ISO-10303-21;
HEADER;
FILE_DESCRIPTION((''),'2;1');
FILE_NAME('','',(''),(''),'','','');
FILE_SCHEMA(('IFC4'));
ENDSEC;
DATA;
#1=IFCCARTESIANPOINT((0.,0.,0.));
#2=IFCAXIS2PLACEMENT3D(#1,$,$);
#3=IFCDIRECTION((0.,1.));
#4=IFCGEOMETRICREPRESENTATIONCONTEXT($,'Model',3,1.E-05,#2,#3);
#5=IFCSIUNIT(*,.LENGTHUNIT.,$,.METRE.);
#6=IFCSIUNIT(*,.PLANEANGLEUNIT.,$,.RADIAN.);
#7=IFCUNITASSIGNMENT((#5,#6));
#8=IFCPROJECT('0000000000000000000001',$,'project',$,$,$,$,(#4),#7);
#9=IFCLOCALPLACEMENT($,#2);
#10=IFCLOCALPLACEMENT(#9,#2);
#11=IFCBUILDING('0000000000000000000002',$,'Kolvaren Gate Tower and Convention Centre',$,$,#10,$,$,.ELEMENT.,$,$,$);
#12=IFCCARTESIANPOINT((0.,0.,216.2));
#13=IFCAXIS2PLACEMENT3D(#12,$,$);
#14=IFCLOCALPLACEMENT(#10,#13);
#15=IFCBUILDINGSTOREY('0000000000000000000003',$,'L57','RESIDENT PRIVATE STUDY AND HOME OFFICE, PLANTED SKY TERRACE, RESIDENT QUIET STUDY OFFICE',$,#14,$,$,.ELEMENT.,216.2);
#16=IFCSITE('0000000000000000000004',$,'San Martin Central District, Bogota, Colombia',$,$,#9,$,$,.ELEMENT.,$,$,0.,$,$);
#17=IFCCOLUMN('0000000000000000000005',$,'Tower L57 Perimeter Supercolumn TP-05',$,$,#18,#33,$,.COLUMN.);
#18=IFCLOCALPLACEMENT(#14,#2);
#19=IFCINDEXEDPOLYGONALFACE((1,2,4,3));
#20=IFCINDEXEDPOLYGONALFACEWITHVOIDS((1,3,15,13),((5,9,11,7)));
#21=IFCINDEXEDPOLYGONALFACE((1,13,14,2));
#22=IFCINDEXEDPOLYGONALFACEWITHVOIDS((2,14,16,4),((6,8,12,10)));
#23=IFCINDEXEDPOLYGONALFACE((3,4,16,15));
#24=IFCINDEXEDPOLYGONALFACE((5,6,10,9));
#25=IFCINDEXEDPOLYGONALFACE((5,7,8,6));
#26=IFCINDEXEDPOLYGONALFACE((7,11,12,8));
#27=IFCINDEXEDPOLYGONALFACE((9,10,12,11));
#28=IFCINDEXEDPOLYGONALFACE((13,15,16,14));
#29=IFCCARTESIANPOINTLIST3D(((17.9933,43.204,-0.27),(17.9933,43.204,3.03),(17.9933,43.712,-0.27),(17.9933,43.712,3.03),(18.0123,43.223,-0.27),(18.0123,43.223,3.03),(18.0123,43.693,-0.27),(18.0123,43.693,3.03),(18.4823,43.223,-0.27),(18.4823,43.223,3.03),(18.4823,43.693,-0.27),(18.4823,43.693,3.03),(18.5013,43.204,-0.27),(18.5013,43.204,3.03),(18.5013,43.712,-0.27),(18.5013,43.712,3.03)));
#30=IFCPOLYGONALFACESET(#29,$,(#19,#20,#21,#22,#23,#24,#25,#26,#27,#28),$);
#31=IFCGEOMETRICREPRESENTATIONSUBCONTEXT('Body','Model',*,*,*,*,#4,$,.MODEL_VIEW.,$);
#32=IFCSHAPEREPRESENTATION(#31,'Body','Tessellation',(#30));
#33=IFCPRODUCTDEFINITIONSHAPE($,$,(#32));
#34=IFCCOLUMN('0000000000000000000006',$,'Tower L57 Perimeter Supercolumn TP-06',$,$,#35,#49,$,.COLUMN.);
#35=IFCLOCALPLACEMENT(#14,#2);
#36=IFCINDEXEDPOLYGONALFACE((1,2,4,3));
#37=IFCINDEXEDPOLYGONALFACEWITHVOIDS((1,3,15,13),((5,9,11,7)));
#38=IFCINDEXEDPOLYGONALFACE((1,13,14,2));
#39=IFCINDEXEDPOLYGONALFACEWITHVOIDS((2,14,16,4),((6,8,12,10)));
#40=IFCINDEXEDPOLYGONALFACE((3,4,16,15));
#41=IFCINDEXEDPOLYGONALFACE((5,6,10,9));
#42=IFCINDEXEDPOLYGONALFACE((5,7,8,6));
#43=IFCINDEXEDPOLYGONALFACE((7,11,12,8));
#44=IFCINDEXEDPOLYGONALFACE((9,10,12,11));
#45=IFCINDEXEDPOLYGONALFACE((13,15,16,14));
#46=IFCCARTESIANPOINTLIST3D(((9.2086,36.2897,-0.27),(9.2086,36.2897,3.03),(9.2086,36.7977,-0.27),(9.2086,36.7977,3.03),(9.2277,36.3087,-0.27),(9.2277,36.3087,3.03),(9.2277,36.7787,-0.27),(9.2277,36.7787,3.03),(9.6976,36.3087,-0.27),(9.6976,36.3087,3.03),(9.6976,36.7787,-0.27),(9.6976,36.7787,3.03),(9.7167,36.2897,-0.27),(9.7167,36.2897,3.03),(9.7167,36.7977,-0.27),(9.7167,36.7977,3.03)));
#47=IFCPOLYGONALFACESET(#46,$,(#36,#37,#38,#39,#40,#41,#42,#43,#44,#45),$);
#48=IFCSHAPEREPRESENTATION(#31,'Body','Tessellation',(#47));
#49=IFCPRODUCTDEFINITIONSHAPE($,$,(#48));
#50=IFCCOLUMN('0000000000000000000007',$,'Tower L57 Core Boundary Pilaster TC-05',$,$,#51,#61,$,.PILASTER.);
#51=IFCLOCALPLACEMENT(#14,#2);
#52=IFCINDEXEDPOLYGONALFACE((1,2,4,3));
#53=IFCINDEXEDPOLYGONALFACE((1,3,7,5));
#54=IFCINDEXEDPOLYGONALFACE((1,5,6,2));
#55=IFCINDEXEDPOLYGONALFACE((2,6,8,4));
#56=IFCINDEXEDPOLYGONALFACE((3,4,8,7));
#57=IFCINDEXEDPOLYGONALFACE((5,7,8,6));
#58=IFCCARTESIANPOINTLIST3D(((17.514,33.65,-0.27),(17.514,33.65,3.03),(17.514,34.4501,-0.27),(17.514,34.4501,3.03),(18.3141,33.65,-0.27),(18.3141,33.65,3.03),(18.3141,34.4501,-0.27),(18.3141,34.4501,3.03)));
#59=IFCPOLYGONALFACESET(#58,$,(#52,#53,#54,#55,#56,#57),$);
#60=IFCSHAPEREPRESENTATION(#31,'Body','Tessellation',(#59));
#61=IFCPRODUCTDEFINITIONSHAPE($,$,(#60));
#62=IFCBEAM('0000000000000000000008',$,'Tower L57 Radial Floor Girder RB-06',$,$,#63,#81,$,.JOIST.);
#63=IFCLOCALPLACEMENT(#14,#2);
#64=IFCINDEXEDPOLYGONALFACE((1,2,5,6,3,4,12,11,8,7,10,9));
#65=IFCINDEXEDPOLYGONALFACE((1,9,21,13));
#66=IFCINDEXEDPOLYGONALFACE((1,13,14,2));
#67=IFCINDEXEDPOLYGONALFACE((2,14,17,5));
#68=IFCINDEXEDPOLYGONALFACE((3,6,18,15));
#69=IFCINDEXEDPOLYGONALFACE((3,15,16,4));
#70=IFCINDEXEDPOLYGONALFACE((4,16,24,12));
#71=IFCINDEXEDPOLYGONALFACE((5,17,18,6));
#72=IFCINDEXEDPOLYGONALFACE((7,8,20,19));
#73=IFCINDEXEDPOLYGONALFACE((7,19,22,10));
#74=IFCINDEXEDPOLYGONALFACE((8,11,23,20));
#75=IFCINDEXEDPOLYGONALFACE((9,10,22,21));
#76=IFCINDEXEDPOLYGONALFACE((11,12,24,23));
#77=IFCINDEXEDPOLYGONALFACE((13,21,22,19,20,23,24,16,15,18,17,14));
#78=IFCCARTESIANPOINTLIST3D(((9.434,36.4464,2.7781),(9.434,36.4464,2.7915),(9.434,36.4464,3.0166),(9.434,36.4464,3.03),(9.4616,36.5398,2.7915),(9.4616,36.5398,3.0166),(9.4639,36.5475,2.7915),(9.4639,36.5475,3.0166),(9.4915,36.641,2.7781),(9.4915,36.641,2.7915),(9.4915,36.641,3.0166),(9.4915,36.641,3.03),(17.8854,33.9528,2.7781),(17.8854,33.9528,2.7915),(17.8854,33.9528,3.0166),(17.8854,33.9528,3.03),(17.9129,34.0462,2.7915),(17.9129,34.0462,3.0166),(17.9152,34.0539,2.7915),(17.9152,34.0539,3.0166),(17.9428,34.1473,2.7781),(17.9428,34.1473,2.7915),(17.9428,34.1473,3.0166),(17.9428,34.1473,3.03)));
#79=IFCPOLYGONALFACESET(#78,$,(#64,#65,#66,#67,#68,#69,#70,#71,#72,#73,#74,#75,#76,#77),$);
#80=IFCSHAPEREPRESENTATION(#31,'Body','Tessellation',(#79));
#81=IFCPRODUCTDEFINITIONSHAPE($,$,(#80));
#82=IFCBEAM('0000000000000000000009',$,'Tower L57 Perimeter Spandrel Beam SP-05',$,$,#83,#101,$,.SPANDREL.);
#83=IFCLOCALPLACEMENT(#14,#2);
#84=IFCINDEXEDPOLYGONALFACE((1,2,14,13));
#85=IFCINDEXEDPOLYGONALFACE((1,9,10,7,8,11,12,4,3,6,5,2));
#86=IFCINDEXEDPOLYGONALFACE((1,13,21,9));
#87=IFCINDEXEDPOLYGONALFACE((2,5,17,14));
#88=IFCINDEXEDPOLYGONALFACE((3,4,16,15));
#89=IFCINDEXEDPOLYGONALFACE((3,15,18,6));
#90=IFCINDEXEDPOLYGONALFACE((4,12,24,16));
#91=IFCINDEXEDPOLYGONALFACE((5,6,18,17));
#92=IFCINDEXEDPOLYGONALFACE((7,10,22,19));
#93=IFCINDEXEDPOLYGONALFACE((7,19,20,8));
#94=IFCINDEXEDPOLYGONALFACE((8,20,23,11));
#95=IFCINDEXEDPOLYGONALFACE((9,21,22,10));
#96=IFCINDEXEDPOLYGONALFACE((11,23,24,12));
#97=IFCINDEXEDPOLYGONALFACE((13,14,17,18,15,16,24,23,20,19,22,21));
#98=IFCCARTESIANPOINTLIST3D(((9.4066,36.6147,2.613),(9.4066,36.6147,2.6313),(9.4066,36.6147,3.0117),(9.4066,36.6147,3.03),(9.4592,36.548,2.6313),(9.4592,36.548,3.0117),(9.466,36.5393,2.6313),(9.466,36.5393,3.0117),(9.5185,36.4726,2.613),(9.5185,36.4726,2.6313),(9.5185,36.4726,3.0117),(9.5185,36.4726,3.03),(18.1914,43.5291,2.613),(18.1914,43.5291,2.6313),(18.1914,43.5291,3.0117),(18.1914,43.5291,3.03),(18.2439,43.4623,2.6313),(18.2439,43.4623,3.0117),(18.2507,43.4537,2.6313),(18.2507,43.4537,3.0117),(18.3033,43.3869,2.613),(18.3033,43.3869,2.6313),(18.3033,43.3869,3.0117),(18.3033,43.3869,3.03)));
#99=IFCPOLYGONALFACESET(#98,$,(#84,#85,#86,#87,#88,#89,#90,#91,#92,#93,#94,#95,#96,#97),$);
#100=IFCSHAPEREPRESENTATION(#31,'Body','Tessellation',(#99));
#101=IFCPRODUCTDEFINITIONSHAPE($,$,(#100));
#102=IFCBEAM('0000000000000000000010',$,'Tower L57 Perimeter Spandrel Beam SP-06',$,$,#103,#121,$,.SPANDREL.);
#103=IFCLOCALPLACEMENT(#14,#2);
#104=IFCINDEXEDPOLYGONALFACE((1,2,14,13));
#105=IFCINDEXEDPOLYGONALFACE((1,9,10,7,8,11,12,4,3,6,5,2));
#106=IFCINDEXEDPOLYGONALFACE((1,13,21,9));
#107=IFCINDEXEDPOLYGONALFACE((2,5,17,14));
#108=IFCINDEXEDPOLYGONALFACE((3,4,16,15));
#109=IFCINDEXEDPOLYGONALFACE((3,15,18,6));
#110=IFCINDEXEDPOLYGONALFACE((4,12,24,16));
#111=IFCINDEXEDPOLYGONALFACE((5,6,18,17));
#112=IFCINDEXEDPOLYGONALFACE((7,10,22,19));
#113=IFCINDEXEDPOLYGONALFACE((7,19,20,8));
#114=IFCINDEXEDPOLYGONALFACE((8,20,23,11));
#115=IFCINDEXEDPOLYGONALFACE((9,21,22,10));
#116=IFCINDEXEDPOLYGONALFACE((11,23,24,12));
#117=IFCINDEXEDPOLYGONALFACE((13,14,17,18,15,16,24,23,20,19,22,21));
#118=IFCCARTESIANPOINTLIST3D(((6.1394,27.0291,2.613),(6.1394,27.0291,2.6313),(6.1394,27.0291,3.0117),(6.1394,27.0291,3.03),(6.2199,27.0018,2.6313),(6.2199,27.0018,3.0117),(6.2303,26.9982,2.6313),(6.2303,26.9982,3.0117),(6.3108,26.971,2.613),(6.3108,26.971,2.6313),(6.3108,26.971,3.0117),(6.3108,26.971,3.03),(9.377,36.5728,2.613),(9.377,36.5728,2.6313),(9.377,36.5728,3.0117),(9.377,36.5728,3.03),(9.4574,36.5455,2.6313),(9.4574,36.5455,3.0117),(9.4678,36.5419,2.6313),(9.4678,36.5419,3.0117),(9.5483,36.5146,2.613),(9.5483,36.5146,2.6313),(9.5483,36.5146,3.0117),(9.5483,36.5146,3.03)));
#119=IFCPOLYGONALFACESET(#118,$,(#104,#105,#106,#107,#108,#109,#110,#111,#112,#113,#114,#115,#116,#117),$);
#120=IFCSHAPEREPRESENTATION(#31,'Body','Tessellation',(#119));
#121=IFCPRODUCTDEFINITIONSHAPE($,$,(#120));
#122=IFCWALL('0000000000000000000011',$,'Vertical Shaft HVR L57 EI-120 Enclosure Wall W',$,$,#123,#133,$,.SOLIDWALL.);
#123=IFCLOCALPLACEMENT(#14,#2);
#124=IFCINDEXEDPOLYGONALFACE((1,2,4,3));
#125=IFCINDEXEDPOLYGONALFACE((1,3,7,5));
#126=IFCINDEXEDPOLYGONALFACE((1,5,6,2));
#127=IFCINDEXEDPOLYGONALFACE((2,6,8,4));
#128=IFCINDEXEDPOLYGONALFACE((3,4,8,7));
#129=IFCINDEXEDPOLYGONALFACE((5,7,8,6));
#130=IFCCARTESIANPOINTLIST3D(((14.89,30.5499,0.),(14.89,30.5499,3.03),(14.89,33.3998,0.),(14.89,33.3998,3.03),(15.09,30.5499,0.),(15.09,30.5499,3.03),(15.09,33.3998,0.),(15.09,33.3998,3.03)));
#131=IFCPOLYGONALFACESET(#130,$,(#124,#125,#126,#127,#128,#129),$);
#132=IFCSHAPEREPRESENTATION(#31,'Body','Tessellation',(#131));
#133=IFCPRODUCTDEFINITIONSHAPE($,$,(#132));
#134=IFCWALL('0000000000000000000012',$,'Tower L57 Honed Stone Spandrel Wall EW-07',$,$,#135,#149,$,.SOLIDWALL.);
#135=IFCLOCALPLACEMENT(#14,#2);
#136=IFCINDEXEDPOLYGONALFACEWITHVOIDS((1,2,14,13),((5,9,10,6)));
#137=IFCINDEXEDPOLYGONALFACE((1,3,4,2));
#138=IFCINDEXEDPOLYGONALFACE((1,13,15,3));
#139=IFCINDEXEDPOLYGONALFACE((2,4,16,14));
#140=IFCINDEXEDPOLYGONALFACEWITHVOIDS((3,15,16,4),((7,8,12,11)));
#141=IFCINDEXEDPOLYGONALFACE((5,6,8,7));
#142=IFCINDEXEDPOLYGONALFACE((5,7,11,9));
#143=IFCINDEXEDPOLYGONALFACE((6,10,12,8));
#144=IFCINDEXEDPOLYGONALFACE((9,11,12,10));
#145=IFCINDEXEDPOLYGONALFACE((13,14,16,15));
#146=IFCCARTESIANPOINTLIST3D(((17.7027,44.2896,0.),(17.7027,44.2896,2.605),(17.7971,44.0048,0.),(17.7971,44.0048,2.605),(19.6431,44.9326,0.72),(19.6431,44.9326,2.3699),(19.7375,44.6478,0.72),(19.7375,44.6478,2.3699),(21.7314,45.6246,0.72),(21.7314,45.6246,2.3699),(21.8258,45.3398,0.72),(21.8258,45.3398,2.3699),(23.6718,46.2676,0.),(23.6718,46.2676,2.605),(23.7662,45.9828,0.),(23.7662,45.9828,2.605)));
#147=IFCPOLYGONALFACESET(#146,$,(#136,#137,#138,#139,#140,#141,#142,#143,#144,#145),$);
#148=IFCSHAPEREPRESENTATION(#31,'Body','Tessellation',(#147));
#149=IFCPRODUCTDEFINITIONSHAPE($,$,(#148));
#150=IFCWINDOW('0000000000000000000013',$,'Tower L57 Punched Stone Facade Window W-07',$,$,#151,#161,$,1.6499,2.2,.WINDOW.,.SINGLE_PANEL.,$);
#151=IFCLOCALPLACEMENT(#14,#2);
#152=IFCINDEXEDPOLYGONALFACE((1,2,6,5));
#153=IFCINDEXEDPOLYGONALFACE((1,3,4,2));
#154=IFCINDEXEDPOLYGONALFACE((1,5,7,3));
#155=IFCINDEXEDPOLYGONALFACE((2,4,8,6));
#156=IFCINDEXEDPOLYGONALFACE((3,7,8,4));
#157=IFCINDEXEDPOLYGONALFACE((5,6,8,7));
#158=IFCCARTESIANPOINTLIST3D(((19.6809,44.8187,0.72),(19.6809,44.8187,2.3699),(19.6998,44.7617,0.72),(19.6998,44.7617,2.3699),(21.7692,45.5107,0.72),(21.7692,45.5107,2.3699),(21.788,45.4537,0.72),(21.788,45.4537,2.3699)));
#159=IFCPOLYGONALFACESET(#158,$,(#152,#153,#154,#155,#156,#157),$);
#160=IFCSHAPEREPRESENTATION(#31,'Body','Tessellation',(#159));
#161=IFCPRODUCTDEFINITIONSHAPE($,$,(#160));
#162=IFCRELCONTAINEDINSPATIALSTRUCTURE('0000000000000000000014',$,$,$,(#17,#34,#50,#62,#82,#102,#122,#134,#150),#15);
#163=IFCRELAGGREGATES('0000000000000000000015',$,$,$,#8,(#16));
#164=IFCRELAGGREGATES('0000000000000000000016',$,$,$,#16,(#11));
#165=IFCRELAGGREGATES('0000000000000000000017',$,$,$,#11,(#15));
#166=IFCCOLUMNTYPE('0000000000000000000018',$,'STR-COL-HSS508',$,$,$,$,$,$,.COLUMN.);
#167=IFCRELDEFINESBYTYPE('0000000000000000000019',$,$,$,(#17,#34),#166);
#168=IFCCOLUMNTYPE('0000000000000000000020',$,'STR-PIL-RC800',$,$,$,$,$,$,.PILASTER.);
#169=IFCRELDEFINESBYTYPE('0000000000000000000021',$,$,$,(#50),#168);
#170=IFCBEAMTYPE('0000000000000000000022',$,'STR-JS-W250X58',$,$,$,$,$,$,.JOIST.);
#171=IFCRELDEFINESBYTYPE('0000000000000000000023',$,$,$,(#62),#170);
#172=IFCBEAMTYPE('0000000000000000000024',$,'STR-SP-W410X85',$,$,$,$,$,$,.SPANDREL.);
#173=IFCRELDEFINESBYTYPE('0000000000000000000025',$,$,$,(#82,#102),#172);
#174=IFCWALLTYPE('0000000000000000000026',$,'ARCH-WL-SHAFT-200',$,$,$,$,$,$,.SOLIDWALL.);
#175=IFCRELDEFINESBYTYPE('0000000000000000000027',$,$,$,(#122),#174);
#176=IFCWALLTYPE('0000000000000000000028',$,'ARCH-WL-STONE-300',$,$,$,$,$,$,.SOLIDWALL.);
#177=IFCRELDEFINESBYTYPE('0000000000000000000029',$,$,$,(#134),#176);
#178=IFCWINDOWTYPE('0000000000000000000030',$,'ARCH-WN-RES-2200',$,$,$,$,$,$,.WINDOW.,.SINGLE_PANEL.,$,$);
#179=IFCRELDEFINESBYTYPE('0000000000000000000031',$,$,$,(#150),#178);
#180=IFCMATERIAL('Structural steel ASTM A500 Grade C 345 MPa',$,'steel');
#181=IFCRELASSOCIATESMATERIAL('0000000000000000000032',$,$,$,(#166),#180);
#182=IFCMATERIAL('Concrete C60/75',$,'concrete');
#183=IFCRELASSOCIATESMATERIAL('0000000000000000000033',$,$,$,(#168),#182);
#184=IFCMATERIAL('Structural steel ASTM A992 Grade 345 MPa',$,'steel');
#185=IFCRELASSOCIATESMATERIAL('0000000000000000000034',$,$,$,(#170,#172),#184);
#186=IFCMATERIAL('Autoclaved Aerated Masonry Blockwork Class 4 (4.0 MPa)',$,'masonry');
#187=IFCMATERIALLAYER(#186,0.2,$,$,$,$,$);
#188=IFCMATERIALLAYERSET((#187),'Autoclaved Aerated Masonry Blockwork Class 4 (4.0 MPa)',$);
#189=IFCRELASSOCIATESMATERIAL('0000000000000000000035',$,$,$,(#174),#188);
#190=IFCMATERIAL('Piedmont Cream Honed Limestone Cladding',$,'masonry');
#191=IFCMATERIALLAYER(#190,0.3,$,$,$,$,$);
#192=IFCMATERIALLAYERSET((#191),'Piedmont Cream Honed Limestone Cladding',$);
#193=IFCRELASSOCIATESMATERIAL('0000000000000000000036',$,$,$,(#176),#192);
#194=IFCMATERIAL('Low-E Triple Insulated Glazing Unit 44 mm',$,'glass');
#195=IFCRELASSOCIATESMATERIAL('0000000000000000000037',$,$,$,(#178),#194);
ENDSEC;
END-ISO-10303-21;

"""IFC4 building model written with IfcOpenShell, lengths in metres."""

from ifc_helpers import new_model, si_unit, direction, frame, frame_2d, origin, origin_2d, place, context, subcontext, project, spatial, rectangle, hollow_rectangle, i_section, extrude, material, layer, layer_set, material_profile, profile_set, type_object, element, fill, save


model = new_model("IFC4")

# Units and contexts
model_context = context("Model", 3, precision=1e-05, world=origin(), true_north=direction((0.0, 1.0)))
body_context = subcontext(model_context, "Body", "Model", "MODEL_VIEW")
ifc_project = project(units=[si_unit("LENGTHUNIT", "METRE"), si_unit("PLANEANGLEUNIT", "RADIAN")], contexts=[model_context])

# Site, building, storey
site_placement = place(None, origin())
site = spatial("IfcSite", under=ifc_project, at=site_placement, Name="San Martin Central District, Bogota, Colombia", CompositionType="ELEMENT", RefElevation=0.0)
building_placement = place(site_placement, origin())
building = spatial("IfcBuilding", under=site, at=building_placement, Name="Kolvaren Gate Tower and Convention Centre", CompositionType="ELEMENT")
storey_placement = place(building_placement, frame((0.0, 0.0, 216.2)))
storey = spatial("IfcBuildingStorey", under=building, at=storey_placement, Name="L57", Description="RESIDENT PRIVATE STUDY AND HOME OFFICE, PLANTED SKY TERRACE, RESIDENT QUIET STUDY OFFICE", CompositionType="ELEMENT", Elevation=216.2)

# Columns
ifc_material_1 = material(Name="Structural steel ASTM A500 Grade C 345 MPa", Category="steel")
ifc_material_profile_1 = material_profile(ifc_material_1, hollow_rectangle(XDim=0.5081, YDim=0.5081, WallThickness=0.019, at=origin_2d()), Name="HSS508X508X19.1")
ifc_profile_set_1 = profile_set([ifc_material_profile_1], Name="Structural steel ASTM A500 Grade C 345 MPa")
column_type_1 = type_object("IfcColumnType", Name="STR-COL-HSS508", PredefinedType="COLUMN", material=ifc_profile_set_1)
for number, where, z_axis, x_axis, name in (
    (1, (18.2473, 43.458, -0.27), (0.0, 0.0, 1.0), (1.0, 0.0, 0.0), "Tower L57 Perimeter Supercolumn TP-05"),
    (2, (9.4626, 36.5437, -0.27), (0.0, 0.0, 1.0), (1.0, 0.0, 0.0), "Tower L57 Perimeter Supercolumn TP-06"),
):
    element("IfcColumn", number, at=place(storey_placement, frame(where, z_axis=z_axis, x_axis=x_axis)), inside=storey, type_object=column_type_1, Name=name, PredefinedType="COLUMN", context=body_context, shape_type="SweptSolid", body=[
        extrude(hollow_rectangle(XDim=0.5081, YDim=0.5081, WallThickness=0.019, at=origin_2d()), origin(), (0.0, 0.0, 1.0), 3.3),
    ])
ifc_material_2 = material(Name="Concrete C60/75", Category="concrete")
ifc_material_profile_2 = material_profile(ifc_material_2, rectangle(XDim=0.8, YDim=0.8, at=origin_2d()), Name="RC-COL-800X800")
ifc_profile_set_2 = profile_set([ifc_material_profile_2], Name="Concrete C60/75")
column_type_2 = type_object("IfcColumnType", Name="STR-PIL-RC800", PredefinedType="PILASTER", material=ifc_profile_set_2)
column_placement = place(storey_placement, frame((17.9141, 34.05, -0.27), z_axis=(0.0, 0.0, 1.0), x_axis=(1.0, 0.0, 0.0)))
element("IfcColumn", 3, at=column_placement, inside=storey, type_object=column_type_2, Name="Tower L57 Core Boundary Pilaster TC-05", PredefinedType="PILASTER", context=body_context, shape_type="SweptSolid", body=[
    extrude(rectangle(XDim=0.8, YDim=0.8, at=origin_2d()), origin(), (0.0, 0.0, 1.0), 3.3),
])

# Beams
ifc_material_3 = material(Name="Structural steel ASTM A992 Grade 345 MPa", Category="steel")
ifc_material_profile_3 = material_profile(ifc_material_3, i_section(OverallWidth=0.2029, OverallDepth=0.252, WebThickness=0.0081, FlangeThickness=0.0134, at=origin_2d()), Name="W250X58")
ifc_profile_set_3 = profile_set([ifc_material_profile_3], Name="Structural steel ASTM A992 Grade 345 MPa")
beam_type_1 = type_object("IfcBeamType", Name="STR-JS-W250X58", PredefinedType="JOIST", material=ifc_profile_set_3)
beam_1_placement = place(storey_placement, frame((17.9141, 34.05, 2.9041), z_axis=(-0.959121, 0.282996, 0.0), x_axis=(-0.282996, -0.959121, 0.0)))
element("IfcBeam", 4, at=beam_1_placement, inside=storey, type_object=beam_type_1, Name="Tower L57 Radial Floor Girder RB-06", PredefinedType="JOIST", context=body_context, shape_type="SweptSolid", body=[
    extrude(i_section(OverallWidth=0.2029, OverallDepth=0.252, WebThickness=0.0081, FlangeThickness=0.0134, at=origin_2d()), origin(), (0.0, 0.0, 1.0), 8.8115),
])
ifc_material_profile_4 = material_profile(ifc_material_3, i_section(OverallWidth=0.1809, OverallDepth=0.417, WebThickness=0.011, FlangeThickness=0.0183, at=origin_2d()), Name="W410X85")
ifc_profile_set_4 = profile_set([ifc_material_profile_4], Name="Structural steel ASTM A992 Grade 345 MPa")
beam_type_2 = type_object("IfcBeamType", Name="STR-SP-W410X85", PredefinedType="SPANDREL", material=ifc_profile_set_4)
beam_2_placement = place(storey_placement, frame((18.2473, 43.458, 2.8215), z_axis=(-0.785794, -0.618489, 0.0), x_axis=(0.618489, -0.785794, 0.0)))
element("IfcBeam", 5, at=beam_2_placement, inside=storey, type_object=beam_type_2, Name="Tower L57 Perimeter Spandrel Beam SP-05", PredefinedType="SPANDREL", context=body_context, shape_type="SweptSolid", body=[
    extrude(i_section(OverallWidth=0.1809, OverallDepth=0.417, WebThickness=0.011, FlangeThickness=0.0183, at=origin_2d()), origin(), (0.0, 0.0, 1.0), 11.1794),
])
beam_3_placement = place(storey_placement, frame((9.4626, 36.5437, 2.8215), z_axis=(-0.321253, -0.946994, 0.0), x_axis=(0.946994, -0.321253, 0.0)))
element("IfcBeam", 6, at=beam_3_placement, inside=storey, type_object=beam_type_2, Name="Tower L57 Perimeter Spandrel Beam SP-06", PredefinedType="SPANDREL", context=body_context, shape_type="SweptSolid", body=[
    extrude(i_section(OverallWidth=0.1809, OverallDepth=0.417, WebThickness=0.011, FlangeThickness=0.0183, at=origin_2d()), origin(), (0.0, 0.0, 1.0), 10.0779),
])

# Wall
ifc_material_4 = material(Name="Autoclaved Aerated Masonry Blockwork Class 4 (4.0 MPa)", Category="masonry")
ifc_layer_1 = layer(ifc_material_4, 0.2)
ifc_layer_set_1 = layer_set([ifc_layer_1], Name="Autoclaved Aerated Masonry Blockwork Class 4 (4.0 MPa)")
wall_type_1 = type_object("IfcWallType", Name="ARCH-WL-SHAFT-200", PredefinedType="SOLIDWALL", material=ifc_layer_set_1)
wall_1_placement = place(storey_placement, frame((14.99, 30.55, 0.0), z_axis=(0.0, 0.0, 1.0), x_axis=(0.0, 1.0, 0.0)))
element("IfcWall", 7, at=wall_1_placement, inside=storey, type_object=wall_type_1, Name="Vertical Shaft HVR L57 EI-120 Enclosure Wall W", PredefinedType="SOLIDWALL", context=body_context, shape_type="SweptSolid", body=[
    extrude(rectangle(XDim=2.8499, YDim=0.2, at=frame_2d((1.4248, 0.0))), origin(), (0.0, 0.0, 1.0), 3.03),
])

# Wall, opening, window
ifc_material_5 = material(Name="Piedmont Cream Honed Limestone Cladding", Category="masonry")
ifc_layer_2 = layer(ifc_material_5, 0.3)
ifc_layer_set_2 = layer_set([ifc_layer_2], Name="Piedmont Cream Honed Limestone Cladding")
wall_type_2 = type_object("IfcWallType", Name="ARCH-WL-STONE-300", PredefinedType="SOLIDWALL", material=ifc_layer_set_2)
wall_2_placement = place(storey_placement, frame((17.75, 44.1472, 0.0), z_axis=(0.0, 0.0, 1.0), x_axis=(0.949241, 0.31455, 0.0)))
wall_2 = element("IfcWall", 8, at=wall_2_placement, inside=storey, type_object=wall_type_2, Name="Tower L57 Honed Stone Spandrel Wall EW-07", PredefinedType="SOLIDWALL", context=body_context, shape_type="SweptSolid", body=[
    extrude(rectangle(XDim=6.2883, YDim=0.3, at=frame_2d((3.144, 0.0))), origin(), (0.0, 0.0, 1.0), 2.605),
])
opening_1_placement = place(wall_2_placement, frame((2.0439, 0.0, 0.72)))
opening_1 = element("IfcOpeningElement", 9, at=opening_1_placement, cuts=wall_2, PredefinedType="OPENING", context=body_context, shape_type="SweptSolid", body=[
    extrude(rectangle(XDim=2.2, YDim=1.6499, at=frame_2d((1.1001, 0.825))), frame((0.0, 0.1599, 0.0), z_axis=(0.0, -1.0, 0.0), x_axis=(1.0, 0.0, 0.0)), (0.0, 0.0, 1.0), 0.3201),
])
ifc_material_6 = material(Name="Low-E Triple Insulated Glazing Unit 44 mm", Category="glass")
window_type = type_object("IfcWindowType", Name="ARCH-WN-RES-2200", PartitioningType="SINGLE_PANEL", PredefinedType="WINDOW", material=ifc_material_6)
window_1_placement = place(opening_1_placement, origin())
window_1 = element("IfcWindow", 10, at=window_1_placement, inside=storey, type_object=window_type, Name="Tower L57 Punched Stone Facade Window W-07", OverallHeight=1.6499, OverallWidth=2.2, PartitioningType="SINGLE_PANEL", PredefinedType="WINDOW", context=body_context, shape_type="SweptSolid", body=[
    extrude(rectangle(XDim=2.2, YDim=1.6499, at=frame_2d((1.1001, 0.825))), frame((0.0, 0.03, 0.0), z_axis=(0.0, -1.0, 0.0), x_axis=(1.0, 0.0, 0.0)), (0.0, 0.0, 1.0), 0.0601),
])
fill(opening_1, window_1)

save(model, "model.ifc")
